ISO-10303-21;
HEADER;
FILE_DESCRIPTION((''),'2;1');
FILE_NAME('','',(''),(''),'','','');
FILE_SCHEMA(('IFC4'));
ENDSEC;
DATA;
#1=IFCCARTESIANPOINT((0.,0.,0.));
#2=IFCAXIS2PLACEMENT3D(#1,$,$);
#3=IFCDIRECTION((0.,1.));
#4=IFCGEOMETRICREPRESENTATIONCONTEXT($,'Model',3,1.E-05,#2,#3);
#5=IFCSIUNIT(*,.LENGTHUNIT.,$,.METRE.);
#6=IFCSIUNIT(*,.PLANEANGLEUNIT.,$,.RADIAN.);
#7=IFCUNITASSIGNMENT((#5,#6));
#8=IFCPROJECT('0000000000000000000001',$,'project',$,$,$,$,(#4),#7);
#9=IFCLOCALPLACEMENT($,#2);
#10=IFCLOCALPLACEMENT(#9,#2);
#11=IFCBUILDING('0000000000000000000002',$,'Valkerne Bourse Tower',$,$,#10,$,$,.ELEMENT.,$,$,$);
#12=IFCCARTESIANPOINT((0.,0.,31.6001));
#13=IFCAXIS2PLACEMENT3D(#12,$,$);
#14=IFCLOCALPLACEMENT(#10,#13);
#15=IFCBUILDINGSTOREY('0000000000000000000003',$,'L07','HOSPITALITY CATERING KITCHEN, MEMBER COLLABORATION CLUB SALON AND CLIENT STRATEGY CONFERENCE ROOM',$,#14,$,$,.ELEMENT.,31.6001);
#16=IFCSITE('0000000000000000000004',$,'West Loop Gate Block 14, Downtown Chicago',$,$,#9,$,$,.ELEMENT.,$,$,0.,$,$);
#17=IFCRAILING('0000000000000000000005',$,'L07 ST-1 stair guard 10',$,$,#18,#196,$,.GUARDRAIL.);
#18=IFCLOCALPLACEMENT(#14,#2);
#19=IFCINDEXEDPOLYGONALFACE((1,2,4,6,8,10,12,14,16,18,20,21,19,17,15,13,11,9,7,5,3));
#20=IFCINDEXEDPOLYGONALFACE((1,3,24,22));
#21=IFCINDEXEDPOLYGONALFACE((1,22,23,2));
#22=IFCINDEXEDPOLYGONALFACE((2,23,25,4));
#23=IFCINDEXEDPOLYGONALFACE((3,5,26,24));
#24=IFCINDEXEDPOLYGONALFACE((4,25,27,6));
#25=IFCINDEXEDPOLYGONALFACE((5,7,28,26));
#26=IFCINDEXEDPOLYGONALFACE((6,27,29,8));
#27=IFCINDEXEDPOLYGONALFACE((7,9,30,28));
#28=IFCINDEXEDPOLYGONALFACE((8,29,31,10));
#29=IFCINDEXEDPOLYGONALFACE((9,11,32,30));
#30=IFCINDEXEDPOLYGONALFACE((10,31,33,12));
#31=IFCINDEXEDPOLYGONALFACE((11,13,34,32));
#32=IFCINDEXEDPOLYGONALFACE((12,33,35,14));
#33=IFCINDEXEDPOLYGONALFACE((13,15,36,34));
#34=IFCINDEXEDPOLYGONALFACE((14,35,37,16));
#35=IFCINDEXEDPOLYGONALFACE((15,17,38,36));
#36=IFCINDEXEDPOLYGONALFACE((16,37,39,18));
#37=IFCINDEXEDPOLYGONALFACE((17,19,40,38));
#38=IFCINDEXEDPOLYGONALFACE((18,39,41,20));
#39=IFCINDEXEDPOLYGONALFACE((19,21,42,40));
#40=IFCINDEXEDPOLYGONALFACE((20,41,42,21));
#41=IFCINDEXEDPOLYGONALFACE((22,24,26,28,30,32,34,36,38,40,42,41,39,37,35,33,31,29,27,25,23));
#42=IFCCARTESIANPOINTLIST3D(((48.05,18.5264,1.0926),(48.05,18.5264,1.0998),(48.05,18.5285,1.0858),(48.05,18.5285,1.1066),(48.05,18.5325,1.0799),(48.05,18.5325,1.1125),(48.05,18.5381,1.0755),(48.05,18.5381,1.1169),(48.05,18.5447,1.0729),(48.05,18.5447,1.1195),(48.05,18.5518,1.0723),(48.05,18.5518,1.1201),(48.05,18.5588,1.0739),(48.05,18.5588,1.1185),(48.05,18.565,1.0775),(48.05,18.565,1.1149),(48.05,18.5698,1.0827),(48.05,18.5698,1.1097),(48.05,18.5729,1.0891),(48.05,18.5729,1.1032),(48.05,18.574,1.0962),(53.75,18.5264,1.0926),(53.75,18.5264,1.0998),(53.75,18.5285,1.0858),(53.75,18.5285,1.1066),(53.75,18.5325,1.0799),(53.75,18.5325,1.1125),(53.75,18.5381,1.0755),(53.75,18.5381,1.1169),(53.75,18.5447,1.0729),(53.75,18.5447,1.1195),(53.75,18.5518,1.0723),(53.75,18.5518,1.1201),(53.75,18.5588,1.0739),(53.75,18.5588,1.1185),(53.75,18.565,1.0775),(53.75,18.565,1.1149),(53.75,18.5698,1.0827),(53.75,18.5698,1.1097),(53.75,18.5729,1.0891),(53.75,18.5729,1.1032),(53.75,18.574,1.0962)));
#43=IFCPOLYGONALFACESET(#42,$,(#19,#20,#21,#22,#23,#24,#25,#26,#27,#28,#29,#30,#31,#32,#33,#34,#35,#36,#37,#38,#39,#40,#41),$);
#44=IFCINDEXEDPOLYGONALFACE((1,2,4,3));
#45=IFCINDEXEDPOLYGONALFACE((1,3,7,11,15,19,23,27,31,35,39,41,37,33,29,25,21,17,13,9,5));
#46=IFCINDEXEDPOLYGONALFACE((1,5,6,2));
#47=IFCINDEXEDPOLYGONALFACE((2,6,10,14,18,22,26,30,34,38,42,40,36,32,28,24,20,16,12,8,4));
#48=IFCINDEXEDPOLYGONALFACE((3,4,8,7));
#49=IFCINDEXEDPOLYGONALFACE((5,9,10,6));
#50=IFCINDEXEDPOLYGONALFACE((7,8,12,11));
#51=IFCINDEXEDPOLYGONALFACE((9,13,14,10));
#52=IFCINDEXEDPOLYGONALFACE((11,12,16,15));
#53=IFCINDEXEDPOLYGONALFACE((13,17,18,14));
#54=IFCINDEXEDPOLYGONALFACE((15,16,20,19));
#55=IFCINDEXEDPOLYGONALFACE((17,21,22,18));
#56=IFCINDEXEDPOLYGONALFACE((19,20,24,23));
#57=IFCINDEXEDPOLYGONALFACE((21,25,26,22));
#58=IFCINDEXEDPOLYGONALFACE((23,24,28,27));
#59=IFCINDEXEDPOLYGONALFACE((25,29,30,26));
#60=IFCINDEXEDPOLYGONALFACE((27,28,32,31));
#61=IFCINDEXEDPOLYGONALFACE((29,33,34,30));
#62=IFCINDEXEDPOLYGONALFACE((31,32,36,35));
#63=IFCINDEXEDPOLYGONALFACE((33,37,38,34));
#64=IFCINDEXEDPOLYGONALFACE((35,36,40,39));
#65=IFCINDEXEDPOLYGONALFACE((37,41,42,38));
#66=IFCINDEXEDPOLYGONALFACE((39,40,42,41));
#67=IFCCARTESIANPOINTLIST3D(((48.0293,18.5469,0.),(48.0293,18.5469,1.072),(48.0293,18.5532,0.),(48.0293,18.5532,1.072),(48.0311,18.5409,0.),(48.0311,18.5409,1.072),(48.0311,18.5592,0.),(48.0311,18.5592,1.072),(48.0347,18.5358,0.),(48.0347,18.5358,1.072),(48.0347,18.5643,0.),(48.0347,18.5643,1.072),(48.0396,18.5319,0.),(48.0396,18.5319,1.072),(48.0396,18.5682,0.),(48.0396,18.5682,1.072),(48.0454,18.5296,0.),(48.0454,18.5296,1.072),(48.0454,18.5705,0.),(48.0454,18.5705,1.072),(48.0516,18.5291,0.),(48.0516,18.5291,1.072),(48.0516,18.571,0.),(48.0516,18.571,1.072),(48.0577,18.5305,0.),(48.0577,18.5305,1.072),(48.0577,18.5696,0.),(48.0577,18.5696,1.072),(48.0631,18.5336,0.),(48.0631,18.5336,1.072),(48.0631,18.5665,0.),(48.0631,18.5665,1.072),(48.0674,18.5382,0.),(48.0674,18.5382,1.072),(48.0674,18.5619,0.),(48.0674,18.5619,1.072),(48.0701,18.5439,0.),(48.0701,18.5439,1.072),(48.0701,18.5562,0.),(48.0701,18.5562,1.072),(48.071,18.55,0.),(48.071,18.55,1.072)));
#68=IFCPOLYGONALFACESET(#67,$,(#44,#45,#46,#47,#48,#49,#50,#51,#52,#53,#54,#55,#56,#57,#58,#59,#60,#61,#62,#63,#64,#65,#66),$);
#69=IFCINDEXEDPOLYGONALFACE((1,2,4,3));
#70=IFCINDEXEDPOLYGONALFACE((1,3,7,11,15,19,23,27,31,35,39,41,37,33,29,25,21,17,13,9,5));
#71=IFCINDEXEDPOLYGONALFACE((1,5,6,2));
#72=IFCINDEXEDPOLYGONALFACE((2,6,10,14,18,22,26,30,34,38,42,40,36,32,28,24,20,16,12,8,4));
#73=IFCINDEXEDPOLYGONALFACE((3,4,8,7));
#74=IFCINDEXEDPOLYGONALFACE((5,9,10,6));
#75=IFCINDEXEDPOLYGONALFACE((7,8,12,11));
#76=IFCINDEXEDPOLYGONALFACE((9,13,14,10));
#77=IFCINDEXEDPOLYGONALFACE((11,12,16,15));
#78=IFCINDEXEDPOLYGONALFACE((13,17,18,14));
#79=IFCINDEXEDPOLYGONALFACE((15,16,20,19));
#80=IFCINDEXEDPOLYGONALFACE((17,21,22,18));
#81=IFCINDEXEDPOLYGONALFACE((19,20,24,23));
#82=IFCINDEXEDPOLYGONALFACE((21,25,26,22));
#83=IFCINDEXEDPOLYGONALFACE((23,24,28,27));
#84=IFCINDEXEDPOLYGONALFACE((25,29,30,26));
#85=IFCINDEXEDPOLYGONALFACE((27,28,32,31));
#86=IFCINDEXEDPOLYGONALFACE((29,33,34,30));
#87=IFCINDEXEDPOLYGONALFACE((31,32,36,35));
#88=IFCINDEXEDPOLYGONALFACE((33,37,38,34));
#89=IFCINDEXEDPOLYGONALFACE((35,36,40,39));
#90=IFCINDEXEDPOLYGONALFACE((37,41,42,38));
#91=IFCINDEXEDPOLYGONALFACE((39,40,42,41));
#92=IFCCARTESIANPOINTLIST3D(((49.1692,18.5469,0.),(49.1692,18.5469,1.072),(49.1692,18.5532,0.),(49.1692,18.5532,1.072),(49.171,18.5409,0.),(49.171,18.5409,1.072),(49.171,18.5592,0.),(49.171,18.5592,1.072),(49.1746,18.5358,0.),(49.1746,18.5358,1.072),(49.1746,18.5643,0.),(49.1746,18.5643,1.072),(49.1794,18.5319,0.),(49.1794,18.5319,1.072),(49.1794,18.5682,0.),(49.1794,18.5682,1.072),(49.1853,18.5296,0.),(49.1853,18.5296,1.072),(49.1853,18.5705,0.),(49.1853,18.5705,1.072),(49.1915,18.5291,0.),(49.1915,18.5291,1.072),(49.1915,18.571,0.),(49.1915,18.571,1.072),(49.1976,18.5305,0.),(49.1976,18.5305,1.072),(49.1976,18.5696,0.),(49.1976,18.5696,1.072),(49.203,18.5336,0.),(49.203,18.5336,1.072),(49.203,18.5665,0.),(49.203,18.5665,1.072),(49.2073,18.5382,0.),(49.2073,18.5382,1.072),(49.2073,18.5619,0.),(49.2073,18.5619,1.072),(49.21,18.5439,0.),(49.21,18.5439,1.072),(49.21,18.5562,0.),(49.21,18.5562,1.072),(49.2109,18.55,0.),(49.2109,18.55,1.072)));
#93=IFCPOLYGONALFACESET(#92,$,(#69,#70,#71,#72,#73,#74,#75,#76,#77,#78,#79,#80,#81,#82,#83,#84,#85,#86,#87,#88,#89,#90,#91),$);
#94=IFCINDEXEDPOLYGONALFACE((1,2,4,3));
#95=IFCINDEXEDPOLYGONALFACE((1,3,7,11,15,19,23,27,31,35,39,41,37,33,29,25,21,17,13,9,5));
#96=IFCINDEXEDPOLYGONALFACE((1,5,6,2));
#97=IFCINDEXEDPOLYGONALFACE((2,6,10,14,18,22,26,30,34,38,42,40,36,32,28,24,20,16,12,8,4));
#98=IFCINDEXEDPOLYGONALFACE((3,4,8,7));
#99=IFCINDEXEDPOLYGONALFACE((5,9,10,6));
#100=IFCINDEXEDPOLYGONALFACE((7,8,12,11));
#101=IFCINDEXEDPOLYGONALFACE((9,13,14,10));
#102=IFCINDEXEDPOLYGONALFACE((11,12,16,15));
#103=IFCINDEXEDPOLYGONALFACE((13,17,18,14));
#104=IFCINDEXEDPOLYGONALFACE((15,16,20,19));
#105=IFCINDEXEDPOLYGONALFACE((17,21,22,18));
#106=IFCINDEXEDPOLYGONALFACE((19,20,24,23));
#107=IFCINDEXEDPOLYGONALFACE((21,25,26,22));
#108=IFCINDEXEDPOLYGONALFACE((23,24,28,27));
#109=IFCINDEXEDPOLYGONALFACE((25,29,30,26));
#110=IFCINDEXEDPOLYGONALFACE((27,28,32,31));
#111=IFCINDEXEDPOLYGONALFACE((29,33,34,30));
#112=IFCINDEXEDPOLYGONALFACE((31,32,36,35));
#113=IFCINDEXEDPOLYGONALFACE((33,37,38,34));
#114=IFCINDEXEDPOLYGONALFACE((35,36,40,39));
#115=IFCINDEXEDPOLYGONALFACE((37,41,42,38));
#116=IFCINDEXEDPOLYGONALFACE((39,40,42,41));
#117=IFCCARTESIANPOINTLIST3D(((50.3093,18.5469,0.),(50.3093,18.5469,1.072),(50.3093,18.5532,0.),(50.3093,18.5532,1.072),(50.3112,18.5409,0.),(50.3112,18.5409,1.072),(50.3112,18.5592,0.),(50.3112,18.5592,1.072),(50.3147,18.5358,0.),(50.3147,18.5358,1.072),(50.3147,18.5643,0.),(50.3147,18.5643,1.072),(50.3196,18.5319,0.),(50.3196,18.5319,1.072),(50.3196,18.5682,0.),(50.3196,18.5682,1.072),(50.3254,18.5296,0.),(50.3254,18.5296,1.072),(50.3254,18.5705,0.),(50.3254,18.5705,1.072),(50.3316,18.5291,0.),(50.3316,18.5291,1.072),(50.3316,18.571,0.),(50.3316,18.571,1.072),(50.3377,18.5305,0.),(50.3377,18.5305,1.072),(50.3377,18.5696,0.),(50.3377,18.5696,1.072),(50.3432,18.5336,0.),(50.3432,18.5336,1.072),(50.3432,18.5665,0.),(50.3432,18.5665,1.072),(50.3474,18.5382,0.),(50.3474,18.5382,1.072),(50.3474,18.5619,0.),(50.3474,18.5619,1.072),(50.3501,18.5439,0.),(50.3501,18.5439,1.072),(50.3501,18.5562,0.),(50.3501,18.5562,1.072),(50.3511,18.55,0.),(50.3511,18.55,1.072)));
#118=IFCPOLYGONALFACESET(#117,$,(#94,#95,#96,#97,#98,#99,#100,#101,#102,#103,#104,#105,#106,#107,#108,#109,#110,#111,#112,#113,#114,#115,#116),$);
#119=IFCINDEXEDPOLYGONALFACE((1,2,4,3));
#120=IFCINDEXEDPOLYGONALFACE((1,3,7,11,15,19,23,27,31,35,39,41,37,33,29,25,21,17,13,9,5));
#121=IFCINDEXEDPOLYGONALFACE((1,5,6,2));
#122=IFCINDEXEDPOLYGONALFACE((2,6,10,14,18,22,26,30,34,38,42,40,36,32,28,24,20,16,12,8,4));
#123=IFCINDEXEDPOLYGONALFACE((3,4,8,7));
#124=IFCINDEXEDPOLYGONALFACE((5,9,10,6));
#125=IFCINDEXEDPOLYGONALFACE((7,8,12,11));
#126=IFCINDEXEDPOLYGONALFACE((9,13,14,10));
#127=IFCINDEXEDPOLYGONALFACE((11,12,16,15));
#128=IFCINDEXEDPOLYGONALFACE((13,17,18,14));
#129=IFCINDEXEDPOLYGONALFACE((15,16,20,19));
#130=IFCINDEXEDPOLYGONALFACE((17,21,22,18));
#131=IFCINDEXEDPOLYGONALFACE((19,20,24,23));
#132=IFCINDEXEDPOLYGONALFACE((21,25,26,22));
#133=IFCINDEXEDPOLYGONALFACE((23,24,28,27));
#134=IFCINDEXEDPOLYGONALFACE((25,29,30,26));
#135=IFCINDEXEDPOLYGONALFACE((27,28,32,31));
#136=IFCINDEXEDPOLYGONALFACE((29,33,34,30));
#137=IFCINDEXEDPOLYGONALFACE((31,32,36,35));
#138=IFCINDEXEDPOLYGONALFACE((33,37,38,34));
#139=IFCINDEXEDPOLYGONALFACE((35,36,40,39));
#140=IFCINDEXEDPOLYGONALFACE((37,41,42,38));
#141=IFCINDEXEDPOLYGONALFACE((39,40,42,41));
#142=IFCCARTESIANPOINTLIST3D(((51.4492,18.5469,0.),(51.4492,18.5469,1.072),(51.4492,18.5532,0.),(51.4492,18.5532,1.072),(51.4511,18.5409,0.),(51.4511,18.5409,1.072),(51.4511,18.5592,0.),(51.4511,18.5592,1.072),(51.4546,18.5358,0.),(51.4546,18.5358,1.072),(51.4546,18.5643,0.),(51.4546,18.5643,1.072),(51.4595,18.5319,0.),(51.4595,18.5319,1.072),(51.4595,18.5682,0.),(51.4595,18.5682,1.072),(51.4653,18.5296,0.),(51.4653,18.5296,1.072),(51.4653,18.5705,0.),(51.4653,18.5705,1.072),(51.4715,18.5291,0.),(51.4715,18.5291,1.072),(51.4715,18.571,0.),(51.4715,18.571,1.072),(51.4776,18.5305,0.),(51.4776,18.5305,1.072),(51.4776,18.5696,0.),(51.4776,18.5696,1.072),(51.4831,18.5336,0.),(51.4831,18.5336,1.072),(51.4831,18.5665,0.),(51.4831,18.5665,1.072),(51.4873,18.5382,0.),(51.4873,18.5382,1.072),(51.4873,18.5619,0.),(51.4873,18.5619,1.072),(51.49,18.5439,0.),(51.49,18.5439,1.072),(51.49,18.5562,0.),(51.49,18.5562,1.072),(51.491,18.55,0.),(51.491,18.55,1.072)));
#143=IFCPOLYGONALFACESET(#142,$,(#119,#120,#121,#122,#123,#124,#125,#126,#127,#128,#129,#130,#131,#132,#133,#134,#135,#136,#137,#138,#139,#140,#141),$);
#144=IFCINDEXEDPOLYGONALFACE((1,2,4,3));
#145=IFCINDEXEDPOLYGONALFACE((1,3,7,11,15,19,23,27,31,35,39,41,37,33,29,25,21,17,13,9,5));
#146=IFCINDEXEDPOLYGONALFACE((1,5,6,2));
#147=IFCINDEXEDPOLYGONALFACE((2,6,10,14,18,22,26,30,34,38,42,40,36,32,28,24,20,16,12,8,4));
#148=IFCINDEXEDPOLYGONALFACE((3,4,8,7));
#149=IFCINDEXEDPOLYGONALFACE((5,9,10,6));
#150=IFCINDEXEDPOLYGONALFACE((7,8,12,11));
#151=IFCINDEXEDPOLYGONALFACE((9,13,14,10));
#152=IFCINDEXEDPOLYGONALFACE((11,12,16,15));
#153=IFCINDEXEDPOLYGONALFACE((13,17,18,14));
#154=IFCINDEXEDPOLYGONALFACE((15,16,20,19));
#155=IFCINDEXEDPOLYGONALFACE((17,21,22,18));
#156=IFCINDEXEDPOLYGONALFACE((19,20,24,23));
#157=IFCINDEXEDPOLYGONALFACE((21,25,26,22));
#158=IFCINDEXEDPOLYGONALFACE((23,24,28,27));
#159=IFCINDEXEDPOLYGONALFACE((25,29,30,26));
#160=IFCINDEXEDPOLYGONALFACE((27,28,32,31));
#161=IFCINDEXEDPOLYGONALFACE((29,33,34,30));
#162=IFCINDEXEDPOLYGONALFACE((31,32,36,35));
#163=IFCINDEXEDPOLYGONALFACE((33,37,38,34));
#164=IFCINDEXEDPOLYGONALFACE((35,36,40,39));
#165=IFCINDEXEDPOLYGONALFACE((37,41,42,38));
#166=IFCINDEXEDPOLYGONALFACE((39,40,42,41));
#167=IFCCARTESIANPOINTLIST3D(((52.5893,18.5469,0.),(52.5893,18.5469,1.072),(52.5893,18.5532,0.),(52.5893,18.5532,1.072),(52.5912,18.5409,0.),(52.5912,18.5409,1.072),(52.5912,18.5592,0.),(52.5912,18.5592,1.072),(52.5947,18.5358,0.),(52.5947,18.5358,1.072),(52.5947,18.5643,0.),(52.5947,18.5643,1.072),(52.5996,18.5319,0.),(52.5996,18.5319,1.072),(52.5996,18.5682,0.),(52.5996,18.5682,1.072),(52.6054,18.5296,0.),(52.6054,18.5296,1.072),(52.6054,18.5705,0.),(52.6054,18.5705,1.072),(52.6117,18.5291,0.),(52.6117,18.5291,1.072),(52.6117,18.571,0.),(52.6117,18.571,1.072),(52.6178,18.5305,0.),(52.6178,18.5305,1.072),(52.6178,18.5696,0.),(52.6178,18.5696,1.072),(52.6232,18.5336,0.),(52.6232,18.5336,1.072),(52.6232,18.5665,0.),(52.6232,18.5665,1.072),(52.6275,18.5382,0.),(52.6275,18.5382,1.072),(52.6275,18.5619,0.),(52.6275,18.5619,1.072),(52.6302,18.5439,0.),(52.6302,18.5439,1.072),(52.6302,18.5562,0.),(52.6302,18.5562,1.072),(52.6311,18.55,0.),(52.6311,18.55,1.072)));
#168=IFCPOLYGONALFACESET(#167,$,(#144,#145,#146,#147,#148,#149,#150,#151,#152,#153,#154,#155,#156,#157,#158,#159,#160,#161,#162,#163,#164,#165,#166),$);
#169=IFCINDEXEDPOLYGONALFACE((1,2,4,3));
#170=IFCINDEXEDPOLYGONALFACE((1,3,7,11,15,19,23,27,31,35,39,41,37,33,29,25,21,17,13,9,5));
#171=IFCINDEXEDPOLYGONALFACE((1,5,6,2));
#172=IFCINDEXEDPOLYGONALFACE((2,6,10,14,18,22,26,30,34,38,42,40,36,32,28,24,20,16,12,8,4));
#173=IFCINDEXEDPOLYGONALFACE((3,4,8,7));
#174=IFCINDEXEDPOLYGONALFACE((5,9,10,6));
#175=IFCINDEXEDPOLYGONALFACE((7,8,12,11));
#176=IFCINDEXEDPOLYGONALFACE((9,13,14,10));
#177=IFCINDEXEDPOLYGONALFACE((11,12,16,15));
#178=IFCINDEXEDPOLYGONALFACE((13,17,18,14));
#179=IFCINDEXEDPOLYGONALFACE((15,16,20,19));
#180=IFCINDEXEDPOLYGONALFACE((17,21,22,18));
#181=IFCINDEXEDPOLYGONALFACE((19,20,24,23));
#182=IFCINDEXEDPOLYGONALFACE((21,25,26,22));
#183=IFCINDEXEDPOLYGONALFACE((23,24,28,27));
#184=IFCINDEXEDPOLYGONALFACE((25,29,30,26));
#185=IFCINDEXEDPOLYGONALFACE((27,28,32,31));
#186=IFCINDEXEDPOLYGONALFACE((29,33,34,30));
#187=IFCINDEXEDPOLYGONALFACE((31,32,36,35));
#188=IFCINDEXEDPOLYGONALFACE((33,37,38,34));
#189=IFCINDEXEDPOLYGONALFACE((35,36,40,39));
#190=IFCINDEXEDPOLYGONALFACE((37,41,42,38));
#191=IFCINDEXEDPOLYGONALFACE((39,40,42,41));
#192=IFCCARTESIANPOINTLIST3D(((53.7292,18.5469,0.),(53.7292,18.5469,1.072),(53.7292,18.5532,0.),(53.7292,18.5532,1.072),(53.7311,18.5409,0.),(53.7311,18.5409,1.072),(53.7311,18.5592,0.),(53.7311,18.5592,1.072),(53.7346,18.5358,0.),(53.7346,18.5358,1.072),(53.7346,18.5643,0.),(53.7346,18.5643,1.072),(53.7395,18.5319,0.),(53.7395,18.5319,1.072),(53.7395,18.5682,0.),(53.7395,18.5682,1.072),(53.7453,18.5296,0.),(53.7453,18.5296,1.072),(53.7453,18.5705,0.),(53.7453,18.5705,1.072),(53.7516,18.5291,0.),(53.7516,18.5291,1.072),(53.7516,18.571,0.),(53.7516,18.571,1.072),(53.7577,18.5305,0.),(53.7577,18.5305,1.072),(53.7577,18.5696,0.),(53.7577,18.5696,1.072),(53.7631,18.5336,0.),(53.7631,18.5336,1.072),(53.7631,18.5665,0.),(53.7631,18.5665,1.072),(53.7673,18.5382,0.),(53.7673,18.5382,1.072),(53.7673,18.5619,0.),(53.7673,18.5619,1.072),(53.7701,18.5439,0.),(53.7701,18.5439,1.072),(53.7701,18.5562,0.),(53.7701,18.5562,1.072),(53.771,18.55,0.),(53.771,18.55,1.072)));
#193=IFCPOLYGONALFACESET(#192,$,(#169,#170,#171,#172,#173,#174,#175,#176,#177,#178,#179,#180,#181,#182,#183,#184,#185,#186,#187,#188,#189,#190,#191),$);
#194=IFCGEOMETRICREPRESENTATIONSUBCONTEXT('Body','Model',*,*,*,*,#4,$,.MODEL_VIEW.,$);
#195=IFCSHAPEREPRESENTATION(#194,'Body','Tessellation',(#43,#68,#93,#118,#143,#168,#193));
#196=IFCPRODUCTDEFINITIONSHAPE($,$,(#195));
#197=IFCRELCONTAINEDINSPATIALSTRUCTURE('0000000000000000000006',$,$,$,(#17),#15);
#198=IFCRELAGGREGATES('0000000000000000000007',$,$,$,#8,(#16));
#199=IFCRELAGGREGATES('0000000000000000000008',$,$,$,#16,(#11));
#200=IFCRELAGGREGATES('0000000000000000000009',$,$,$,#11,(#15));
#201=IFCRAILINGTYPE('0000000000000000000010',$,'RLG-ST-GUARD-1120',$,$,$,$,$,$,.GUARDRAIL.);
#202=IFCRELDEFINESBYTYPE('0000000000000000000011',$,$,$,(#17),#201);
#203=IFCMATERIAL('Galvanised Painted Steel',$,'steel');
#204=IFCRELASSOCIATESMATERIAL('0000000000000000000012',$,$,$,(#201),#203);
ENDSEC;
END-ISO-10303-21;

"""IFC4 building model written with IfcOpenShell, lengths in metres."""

from ifc_helpers import new_model, si_unit, direction, frame, origin, origin_2d, place, context, subcontext, project, spatial, circle, extrude, material, type_object, element, save


model = new_model("IFC4")

# Units and contexts
model_context = context("Model", 3, precision=1e-05, world=origin(), true_north=direction((0.0, 1.0)))
body_context = subcontext(model_context, "Body", "Model", "MODEL_VIEW")
ifc_project = project(units=[si_unit("LENGTHUNIT", "METRE"), si_unit("PLANEANGLEUNIT", "RADIAN")], contexts=[model_context])

# Site, building, storey
site_placement = place(None, origin())
site = spatial("IfcSite", under=ifc_project, at=site_placement, Name="West Loop Gate Block 14, Downtown Chicago", CompositionType="ELEMENT", RefElevation=0.0)
building_placement = place(site_placement, origin())
building = spatial("IfcBuilding", under=site, at=building_placement, Name="Valkerne Bourse Tower", CompositionType="ELEMENT")
storey_placement = place(building_placement, frame((0.0, 0.0, 31.6001)))
storey = spatial("IfcBuildingStorey", under=building, at=storey_placement, Name="L07", Description="HOSPITALITY CATERING KITCHEN, MEMBER COLLABORATION CLUB SALON AND CLIENT STRATEGY CONFERENCE ROOM", CompositionType="ELEMENT", Elevation=31.6001)

# Shared definitions
ifc_material_1 = material(Name="Galvanised Painted Steel", Category="steel")

# Railing
railing_type = type_object("IfcRailingType", Name="RLG-ST-GUARD-1120", PredefinedType="GUARDRAIL", material=ifc_material_1)
railing_placement = place(storey_placement, frame((48.05, 18.55, 0.0)))
element("IfcRailing", 1, at=railing_placement, inside=storey, type_object=railing_type, Name="L07 ST-1 stair guard 10", PredefinedType="GUARDRAIL", context=body_context, shape_type="SweptSolid", body=[
    extrude(circle(Radius=0.0239, at=origin_2d()), frame((0.0, 0.0, 1.0962), z_axis=(1.0, 0.0, 0.0), x_axis=(0.0, 1.0, 0.0)), (0.0, 0.0, 1.0), 5.7),
    extrude(circle(Radius=0.021, at=origin_2d()), origin(), (0.0, 0.0, 1.0), 1.072),
    extrude(circle(Radius=0.021, at=origin_2d()), frame((1.1399, 0.0, 0.0)), (0.0, 0.0, 1.0), 1.072),
    extrude(circle(Radius=0.021, at=origin_2d()), frame((2.28, 0.0, 0.0)), (0.0, 0.0, 1.0), 1.072),
    extrude(circle(Radius=0.021, at=origin_2d()), frame((3.4199, 0.0, 0.0)), (0.0, 0.0, 1.0), 1.072),
    extrude(circle(Radius=0.021, at=origin_2d()), frame((4.5601, 0.0, 0.0)), (0.0, 0.0, 1.0), 1.072),
    extrude(circle(Radius=0.021, at=origin_2d()), frame((5.7, 0.0, 0.0)), (0.0, 0.0, 1.0), 1.072),
])

save(model, "model.ifc")
